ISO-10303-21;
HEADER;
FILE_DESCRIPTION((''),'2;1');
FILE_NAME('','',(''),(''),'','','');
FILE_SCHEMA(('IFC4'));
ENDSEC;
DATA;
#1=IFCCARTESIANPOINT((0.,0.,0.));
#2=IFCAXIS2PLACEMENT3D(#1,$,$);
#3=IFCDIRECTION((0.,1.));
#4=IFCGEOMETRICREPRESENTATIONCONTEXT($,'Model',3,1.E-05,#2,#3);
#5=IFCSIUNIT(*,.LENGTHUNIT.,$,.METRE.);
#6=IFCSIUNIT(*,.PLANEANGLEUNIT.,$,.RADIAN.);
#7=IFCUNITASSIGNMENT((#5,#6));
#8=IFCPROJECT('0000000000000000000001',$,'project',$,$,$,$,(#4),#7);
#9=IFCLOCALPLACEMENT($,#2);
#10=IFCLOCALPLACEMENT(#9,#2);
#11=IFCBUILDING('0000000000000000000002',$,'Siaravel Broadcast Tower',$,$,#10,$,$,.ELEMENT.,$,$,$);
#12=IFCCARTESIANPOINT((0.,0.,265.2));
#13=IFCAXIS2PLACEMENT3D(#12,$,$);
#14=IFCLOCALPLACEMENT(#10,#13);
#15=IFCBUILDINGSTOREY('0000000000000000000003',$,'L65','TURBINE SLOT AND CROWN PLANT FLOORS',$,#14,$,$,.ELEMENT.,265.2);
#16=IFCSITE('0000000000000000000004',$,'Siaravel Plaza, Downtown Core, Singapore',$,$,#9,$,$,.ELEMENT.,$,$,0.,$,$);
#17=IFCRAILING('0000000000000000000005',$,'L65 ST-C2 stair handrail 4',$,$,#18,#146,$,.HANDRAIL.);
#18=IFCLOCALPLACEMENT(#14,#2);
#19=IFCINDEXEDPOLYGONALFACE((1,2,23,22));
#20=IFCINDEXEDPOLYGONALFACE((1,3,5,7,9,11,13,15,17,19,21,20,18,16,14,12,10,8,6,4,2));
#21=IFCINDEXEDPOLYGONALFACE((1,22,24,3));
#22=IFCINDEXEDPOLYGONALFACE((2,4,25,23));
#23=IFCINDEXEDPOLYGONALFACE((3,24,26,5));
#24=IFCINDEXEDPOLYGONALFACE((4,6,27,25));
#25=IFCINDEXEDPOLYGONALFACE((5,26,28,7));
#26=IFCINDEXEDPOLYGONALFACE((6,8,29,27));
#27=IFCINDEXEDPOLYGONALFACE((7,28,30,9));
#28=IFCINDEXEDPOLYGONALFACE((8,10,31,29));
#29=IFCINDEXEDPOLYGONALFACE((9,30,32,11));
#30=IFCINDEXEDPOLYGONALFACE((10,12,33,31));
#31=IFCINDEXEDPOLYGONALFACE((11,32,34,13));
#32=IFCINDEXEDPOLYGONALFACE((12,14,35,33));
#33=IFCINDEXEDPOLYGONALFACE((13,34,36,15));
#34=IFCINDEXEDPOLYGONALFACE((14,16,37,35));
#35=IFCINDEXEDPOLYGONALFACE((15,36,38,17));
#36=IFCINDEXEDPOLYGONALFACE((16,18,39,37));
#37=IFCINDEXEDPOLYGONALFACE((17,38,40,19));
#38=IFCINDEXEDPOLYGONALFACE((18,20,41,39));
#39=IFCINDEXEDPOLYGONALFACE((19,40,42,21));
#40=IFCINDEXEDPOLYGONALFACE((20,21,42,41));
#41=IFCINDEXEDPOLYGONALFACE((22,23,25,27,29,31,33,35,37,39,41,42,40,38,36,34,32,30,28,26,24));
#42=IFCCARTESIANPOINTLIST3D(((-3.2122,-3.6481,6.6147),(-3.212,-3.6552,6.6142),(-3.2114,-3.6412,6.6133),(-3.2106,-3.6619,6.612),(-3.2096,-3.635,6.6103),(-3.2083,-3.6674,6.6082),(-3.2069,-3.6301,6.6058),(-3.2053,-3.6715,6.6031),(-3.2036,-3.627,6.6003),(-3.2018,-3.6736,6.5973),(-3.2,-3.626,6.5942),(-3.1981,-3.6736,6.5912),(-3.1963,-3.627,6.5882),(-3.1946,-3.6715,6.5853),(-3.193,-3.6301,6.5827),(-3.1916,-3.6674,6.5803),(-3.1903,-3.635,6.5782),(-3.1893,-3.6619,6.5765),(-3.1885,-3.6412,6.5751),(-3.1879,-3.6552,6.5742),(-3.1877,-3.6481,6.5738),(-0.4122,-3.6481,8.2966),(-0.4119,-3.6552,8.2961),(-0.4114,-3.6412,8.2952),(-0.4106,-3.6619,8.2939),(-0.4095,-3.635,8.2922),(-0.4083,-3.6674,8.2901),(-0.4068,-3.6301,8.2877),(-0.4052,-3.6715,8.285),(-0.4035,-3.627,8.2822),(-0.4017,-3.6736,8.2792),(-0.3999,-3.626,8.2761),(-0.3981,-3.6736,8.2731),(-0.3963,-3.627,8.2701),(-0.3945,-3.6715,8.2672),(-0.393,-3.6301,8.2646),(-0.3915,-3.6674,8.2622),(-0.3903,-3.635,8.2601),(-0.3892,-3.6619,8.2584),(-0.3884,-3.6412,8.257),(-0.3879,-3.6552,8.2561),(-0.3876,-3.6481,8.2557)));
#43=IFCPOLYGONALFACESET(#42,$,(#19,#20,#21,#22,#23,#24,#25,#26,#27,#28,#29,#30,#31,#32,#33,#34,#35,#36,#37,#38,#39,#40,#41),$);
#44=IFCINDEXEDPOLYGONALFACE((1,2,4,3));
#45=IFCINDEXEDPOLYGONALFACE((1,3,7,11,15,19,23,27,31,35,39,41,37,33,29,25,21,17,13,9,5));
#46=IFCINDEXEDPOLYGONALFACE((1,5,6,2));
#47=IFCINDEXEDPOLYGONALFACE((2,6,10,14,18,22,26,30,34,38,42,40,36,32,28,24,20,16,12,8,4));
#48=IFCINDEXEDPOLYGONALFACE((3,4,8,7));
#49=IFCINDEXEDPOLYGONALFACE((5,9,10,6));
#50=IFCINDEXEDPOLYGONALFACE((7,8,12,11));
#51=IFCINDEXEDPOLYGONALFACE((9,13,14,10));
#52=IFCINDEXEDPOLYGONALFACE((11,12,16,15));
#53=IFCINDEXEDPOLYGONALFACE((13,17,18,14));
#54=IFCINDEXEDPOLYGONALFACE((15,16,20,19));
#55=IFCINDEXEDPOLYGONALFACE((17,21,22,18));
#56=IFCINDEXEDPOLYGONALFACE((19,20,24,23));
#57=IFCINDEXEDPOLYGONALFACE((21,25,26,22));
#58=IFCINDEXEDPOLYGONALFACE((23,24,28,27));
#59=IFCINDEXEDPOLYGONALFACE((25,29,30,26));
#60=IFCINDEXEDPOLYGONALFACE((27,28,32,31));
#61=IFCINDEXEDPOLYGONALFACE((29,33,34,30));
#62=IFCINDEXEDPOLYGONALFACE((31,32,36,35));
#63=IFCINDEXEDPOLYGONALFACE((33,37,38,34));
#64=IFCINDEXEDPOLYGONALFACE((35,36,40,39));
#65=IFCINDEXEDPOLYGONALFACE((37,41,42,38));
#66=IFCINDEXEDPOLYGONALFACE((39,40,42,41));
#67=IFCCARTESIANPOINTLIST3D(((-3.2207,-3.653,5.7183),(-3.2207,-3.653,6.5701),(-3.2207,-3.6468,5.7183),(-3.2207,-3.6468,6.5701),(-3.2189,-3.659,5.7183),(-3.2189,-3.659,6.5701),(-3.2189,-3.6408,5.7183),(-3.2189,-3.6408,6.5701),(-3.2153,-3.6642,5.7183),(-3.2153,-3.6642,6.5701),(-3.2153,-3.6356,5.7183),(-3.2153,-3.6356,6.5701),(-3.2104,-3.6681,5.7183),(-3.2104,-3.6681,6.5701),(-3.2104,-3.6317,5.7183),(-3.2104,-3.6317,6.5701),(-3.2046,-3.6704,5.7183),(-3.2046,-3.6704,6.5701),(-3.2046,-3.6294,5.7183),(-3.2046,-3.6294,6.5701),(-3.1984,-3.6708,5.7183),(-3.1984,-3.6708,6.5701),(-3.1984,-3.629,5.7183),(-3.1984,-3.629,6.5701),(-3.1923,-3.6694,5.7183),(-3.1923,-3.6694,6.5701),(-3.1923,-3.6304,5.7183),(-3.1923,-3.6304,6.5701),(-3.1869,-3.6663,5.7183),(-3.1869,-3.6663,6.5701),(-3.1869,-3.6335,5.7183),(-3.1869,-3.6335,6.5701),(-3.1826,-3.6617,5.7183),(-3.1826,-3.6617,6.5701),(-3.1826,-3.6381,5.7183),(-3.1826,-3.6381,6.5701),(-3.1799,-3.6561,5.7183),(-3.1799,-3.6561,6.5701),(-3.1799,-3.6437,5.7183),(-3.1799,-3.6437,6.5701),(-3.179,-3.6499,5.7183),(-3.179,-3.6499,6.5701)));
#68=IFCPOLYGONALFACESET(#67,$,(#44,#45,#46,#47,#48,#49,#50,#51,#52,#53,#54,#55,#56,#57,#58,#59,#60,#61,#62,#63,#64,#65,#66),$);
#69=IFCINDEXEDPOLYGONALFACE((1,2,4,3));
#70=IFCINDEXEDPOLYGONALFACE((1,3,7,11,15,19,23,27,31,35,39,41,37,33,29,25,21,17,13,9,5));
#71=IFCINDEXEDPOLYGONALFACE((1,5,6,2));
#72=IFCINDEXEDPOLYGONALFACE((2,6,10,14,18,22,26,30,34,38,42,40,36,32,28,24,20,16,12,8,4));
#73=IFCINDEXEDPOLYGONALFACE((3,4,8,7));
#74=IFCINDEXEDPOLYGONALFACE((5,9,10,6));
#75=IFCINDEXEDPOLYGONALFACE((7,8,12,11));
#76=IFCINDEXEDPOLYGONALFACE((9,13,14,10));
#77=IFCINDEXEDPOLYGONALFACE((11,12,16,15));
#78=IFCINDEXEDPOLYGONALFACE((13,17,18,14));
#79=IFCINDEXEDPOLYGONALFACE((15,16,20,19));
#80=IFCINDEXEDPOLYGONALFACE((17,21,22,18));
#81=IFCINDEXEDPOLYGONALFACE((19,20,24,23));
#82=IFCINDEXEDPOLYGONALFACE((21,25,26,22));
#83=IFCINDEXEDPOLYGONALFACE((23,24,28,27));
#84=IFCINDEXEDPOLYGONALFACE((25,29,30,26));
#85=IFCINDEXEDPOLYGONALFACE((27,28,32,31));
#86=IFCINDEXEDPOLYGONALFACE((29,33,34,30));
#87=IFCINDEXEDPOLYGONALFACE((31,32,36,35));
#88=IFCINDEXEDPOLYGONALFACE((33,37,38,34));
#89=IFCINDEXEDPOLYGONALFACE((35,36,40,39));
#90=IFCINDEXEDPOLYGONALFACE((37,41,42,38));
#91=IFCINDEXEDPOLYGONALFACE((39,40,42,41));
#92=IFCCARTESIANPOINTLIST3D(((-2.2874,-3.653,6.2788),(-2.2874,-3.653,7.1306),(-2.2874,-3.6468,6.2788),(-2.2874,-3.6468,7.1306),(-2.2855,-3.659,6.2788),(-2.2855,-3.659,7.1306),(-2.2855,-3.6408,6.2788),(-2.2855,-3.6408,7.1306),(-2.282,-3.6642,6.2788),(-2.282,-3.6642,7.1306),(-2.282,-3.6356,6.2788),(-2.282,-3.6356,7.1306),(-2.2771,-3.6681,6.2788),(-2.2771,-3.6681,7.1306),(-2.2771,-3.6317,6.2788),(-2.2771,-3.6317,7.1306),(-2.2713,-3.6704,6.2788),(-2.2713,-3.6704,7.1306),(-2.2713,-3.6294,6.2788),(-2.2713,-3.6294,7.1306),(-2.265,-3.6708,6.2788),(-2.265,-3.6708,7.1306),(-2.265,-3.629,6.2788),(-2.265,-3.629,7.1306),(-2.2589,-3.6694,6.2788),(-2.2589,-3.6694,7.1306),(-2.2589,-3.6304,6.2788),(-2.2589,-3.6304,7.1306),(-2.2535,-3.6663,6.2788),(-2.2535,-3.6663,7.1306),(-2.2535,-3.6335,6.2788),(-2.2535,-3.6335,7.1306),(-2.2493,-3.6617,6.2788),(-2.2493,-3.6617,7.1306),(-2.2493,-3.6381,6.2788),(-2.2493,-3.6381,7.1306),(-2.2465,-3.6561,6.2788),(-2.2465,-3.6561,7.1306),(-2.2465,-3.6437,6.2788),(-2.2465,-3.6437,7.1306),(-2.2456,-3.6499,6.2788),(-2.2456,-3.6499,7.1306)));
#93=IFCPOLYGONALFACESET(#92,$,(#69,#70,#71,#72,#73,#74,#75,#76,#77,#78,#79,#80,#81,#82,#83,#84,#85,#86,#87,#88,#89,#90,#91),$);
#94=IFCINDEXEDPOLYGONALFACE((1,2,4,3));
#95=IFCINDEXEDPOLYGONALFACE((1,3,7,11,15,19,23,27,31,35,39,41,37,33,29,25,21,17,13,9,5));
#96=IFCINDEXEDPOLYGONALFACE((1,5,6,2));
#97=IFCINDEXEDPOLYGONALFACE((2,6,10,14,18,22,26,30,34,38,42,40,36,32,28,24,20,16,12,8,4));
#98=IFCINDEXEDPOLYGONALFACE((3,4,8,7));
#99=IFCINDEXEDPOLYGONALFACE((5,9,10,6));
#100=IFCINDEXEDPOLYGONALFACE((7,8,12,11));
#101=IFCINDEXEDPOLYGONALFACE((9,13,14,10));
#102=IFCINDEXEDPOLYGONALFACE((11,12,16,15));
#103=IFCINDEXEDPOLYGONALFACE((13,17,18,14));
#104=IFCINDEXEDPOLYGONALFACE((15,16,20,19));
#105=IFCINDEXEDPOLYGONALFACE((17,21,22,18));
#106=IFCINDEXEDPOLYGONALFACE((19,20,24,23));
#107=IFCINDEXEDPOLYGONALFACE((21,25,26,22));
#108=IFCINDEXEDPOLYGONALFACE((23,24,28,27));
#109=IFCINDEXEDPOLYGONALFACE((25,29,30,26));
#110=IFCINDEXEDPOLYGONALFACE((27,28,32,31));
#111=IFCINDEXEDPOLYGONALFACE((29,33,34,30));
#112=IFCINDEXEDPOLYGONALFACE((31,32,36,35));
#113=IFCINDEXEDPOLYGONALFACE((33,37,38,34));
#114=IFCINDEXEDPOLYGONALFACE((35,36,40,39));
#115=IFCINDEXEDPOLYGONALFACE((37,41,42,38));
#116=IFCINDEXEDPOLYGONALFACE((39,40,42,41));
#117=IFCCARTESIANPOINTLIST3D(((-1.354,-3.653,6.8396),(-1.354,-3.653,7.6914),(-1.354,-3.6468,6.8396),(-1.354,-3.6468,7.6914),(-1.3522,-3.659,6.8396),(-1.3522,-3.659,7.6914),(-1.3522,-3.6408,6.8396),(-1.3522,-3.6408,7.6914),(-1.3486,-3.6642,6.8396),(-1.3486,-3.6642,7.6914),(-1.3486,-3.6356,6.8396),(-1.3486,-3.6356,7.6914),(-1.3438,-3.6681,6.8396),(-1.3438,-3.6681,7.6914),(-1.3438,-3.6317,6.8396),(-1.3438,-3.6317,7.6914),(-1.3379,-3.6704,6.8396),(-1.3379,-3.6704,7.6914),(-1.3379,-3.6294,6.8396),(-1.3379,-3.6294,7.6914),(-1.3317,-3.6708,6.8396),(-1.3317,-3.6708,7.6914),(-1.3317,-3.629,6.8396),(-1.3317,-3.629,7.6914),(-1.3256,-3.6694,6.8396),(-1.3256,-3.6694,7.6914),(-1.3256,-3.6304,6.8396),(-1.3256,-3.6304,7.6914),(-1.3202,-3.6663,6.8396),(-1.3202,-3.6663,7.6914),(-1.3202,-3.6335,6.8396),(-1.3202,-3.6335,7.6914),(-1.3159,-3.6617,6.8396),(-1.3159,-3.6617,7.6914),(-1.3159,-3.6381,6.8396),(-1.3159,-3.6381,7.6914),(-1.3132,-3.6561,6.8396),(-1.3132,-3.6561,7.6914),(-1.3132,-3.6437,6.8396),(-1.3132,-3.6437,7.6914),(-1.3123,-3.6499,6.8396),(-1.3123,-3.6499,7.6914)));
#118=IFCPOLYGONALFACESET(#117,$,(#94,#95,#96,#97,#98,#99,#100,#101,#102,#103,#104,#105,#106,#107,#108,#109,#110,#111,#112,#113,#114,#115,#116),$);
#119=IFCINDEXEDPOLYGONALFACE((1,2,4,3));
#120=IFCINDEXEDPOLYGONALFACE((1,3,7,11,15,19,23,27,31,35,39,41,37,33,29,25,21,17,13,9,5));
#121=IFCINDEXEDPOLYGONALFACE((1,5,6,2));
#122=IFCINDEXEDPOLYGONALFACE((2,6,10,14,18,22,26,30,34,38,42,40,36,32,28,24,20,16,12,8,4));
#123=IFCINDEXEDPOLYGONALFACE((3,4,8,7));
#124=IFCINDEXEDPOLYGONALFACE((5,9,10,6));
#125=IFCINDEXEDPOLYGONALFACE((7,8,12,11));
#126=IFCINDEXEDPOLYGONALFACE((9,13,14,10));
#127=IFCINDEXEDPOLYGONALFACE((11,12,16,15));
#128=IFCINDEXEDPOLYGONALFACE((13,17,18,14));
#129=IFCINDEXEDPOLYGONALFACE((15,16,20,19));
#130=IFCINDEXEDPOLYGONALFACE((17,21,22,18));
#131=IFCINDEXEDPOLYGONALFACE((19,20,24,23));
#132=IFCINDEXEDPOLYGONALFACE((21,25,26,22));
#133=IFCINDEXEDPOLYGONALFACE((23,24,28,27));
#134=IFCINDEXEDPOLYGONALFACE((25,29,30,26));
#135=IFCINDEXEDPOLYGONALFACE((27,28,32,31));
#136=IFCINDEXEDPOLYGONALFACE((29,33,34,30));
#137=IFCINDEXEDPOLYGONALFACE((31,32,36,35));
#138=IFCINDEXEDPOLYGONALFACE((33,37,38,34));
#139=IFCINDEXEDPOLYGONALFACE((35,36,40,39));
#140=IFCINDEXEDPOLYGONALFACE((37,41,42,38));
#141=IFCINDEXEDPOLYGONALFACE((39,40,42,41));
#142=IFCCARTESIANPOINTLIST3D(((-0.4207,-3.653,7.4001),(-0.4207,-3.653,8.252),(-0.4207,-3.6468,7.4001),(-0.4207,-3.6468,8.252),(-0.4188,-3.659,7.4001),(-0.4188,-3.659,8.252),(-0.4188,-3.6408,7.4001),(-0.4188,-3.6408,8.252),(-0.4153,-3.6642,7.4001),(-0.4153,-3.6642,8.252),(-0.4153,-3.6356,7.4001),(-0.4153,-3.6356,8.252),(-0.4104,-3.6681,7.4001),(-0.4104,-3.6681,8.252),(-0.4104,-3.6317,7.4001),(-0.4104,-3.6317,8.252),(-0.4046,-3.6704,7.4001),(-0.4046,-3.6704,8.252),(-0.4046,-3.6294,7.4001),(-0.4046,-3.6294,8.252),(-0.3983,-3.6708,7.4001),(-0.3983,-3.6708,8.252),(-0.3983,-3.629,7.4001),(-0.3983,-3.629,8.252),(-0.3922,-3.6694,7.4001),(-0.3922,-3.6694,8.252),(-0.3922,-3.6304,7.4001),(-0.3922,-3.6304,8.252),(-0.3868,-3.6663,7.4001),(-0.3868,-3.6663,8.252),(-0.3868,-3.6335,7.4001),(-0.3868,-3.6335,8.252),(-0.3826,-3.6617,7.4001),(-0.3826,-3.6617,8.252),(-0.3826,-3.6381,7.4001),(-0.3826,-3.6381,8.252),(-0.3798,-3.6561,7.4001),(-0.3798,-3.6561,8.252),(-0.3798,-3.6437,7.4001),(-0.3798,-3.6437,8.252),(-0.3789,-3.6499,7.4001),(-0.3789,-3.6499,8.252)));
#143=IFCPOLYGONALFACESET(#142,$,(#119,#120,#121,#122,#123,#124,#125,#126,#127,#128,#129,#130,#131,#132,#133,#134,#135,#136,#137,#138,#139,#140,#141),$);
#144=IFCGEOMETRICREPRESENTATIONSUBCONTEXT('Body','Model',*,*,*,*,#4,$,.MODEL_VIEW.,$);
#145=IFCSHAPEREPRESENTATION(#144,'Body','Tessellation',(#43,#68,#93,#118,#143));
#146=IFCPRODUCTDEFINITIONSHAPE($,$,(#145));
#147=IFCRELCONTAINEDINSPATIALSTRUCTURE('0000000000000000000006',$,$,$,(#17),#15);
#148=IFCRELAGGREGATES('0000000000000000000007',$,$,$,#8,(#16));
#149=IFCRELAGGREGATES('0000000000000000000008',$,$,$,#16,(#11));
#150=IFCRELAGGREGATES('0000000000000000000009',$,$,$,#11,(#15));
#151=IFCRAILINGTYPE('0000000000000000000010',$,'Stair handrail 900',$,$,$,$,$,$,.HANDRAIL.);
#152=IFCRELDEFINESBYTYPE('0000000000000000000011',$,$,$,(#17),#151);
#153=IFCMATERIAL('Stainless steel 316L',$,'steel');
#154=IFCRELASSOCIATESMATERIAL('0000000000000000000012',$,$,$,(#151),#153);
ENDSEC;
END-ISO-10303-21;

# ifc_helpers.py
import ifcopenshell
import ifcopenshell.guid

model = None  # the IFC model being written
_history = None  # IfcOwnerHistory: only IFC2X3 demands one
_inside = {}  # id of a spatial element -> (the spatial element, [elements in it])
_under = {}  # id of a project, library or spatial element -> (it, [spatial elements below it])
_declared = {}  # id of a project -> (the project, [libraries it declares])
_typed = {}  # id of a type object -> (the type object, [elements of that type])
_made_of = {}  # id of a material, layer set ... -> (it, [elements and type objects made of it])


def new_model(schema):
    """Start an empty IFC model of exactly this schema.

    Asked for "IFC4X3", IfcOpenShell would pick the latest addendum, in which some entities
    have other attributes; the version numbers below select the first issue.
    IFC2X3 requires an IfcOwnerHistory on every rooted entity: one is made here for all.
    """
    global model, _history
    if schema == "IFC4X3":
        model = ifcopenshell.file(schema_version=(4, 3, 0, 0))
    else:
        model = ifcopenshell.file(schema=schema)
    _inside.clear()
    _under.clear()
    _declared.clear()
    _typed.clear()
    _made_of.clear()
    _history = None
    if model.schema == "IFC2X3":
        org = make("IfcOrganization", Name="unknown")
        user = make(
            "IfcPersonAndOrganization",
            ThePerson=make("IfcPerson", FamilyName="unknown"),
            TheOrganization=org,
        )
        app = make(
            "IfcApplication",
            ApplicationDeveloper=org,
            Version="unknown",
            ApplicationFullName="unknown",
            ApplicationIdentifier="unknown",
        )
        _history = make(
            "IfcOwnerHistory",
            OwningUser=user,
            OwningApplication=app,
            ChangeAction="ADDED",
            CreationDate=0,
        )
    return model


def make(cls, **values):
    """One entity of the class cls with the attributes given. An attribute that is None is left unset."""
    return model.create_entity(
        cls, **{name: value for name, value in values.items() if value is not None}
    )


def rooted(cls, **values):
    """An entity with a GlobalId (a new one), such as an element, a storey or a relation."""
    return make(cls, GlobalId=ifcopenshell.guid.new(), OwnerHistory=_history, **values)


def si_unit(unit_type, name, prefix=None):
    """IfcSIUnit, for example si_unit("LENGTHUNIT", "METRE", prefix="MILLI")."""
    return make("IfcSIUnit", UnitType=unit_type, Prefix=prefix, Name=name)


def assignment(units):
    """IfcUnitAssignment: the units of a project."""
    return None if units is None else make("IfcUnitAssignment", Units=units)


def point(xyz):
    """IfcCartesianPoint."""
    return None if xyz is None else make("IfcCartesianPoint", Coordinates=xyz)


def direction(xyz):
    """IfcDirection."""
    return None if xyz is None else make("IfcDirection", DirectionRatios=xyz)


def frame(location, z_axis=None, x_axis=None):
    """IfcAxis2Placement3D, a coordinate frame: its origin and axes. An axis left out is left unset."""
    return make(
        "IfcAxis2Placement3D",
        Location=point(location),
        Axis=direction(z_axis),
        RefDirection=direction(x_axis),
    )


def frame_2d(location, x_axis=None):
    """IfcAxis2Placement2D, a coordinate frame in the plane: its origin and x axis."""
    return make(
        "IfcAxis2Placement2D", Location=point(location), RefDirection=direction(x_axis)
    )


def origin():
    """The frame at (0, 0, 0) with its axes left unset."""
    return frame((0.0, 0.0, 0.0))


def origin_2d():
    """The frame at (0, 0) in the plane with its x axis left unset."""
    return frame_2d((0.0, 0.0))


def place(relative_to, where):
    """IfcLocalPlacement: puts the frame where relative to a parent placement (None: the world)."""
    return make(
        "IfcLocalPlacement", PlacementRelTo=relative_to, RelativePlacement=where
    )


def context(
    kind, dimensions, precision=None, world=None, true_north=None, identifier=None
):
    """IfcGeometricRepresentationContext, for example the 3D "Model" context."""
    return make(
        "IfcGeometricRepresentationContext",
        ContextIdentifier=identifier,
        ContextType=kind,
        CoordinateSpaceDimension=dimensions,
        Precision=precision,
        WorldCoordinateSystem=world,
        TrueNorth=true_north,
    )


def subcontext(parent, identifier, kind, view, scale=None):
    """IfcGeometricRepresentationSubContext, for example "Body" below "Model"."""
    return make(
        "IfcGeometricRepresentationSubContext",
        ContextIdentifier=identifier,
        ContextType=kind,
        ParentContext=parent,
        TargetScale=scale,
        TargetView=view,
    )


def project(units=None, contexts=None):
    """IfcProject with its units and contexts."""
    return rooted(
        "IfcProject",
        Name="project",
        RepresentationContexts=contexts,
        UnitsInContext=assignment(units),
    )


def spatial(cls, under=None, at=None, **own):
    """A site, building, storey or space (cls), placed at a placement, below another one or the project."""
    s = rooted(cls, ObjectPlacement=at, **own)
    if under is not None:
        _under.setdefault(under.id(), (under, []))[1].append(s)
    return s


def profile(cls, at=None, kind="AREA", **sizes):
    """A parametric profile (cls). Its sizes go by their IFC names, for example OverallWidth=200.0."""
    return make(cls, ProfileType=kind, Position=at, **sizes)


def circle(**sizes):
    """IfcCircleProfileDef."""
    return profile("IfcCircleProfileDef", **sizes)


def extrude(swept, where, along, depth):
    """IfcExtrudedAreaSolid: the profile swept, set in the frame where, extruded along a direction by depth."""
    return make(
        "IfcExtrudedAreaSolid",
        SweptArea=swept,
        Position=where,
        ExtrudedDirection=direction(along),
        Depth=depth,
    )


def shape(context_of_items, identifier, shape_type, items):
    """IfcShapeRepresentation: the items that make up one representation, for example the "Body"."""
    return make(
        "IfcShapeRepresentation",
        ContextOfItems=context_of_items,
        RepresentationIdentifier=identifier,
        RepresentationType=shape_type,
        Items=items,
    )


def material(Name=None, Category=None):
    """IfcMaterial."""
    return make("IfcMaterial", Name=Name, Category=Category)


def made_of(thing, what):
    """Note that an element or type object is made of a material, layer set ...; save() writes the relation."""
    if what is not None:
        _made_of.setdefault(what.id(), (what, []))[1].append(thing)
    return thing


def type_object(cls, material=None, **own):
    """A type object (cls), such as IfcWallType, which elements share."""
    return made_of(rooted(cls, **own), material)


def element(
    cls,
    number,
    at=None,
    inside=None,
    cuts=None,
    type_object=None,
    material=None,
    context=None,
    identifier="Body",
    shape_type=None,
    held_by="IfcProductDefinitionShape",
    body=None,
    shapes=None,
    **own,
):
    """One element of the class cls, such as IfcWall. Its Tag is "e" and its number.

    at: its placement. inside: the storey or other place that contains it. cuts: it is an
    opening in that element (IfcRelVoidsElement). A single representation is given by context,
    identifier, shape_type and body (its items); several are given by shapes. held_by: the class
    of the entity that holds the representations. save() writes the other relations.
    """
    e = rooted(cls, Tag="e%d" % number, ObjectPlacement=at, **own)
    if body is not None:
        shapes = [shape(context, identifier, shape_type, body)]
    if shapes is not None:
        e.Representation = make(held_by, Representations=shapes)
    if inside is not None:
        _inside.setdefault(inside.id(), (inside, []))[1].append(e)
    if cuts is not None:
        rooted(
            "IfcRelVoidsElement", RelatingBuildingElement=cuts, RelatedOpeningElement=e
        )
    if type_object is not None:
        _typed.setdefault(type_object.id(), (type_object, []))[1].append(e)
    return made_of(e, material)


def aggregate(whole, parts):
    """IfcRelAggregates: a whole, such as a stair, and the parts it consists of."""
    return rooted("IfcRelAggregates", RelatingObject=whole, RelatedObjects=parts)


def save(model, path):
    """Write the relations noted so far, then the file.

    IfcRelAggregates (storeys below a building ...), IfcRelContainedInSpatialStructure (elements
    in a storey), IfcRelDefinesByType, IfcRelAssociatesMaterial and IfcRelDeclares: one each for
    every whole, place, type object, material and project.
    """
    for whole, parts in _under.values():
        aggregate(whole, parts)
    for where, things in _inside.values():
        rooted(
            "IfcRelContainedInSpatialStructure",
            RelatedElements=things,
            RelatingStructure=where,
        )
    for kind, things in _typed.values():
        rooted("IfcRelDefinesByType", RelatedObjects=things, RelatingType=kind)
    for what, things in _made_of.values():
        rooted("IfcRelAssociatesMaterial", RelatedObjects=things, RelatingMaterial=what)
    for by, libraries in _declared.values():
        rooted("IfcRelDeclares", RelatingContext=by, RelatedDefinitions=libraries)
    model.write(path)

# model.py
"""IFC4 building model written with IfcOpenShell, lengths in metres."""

from ifc_helpers import new_model, si_unit, direction, frame, origin, origin_2d, place, context, subcontext, project, spatial, circle, extrude, material, type_object, element, save


model = new_model("IFC4")

# Units and contexts
model_context = context("Model", 3, precision=1e-05, world=origin(), true_north=direction((0.0, 1.0)))
body_context = subcontext(model_context, "Body", "Model", "MODEL_VIEW")
ifc_project = project(units=[si_unit("LENGTHUNIT", "METRE"), si_unit("PLANEANGLEUNIT", "RADIAN")], contexts=[model_context])

# Site, building, storey
site_placement = place(None, origin())
site = spatial("IfcSite", under=ifc_project, at=site_placement, Name="Siaravel Plaza, Downtown Core, Singapore", CompositionType="ELEMENT", RefElevation=0.0)
building_placement = place(site_placement, origin())
building = spatial("IfcBuilding", under=site, at=building_placement, Name="Siaravel Broadcast Tower", CompositionType="ELEMENT")
storey_placement = place(building_placement, frame((0.0, 0.0, 265.2)))
storey = spatial("IfcBuildingStorey", under=building, at=storey_placement, Name="L65", Description="TURBINE SLOT AND CROWN PLANT FLOORS", CompositionType="ELEMENT", Elevation=265.2)

# Railing
ifc_material_1 = material(Name="Stainless steel 316L", Category="steel")
railing_type_1 = type_object("IfcRailingType", Name="Stair handrail 900", PredefinedType="HANDRAIL", material=ifc_material_1)
railing_1_placement = place(storey_placement, frame((-3.2, -3.6499, 5.7183)))
element("IfcRailing", 1, at=railing_1_placement, inside=storey, type_object=railing_type_1, Name="L65 ST-C2 stair handrail 4", PredefinedType="HANDRAIL", context=body_context, shape_type="SweptSolid", body=[
    extrude(circle(Radius=0.0239, at=origin_2d()), frame((0.0, 0.0, 0.876), z_axis=(0.857242, 0.0, 0.514913), x_axis=(0.0, 1.0, 0.0)), (0.0, 0.0, 1.0), 3.2664),
    extrude(circle(Radius=0.021, at=origin_2d()), origin(), (0.0, 0.0, 1.0), 0.8518),
    extrude(circle(Radius=0.021, at=origin_2d()), frame((0.9333, 0.0, 0.5605)), (0.0, 0.0, 1.0), 0.8518),
    extrude(circle(Radius=0.021, at=origin_2d()), frame((1.8667, 0.0, 1.1213)), (0.0, 0.0, 1.0), 0.8518),
    extrude(circle(Radius=0.021, at=origin_2d()), frame((2.8, 0.0, 1.6819)), (0.0, 0.0, 1.0), 0.8518),
])

save(model, "model.ifc")
